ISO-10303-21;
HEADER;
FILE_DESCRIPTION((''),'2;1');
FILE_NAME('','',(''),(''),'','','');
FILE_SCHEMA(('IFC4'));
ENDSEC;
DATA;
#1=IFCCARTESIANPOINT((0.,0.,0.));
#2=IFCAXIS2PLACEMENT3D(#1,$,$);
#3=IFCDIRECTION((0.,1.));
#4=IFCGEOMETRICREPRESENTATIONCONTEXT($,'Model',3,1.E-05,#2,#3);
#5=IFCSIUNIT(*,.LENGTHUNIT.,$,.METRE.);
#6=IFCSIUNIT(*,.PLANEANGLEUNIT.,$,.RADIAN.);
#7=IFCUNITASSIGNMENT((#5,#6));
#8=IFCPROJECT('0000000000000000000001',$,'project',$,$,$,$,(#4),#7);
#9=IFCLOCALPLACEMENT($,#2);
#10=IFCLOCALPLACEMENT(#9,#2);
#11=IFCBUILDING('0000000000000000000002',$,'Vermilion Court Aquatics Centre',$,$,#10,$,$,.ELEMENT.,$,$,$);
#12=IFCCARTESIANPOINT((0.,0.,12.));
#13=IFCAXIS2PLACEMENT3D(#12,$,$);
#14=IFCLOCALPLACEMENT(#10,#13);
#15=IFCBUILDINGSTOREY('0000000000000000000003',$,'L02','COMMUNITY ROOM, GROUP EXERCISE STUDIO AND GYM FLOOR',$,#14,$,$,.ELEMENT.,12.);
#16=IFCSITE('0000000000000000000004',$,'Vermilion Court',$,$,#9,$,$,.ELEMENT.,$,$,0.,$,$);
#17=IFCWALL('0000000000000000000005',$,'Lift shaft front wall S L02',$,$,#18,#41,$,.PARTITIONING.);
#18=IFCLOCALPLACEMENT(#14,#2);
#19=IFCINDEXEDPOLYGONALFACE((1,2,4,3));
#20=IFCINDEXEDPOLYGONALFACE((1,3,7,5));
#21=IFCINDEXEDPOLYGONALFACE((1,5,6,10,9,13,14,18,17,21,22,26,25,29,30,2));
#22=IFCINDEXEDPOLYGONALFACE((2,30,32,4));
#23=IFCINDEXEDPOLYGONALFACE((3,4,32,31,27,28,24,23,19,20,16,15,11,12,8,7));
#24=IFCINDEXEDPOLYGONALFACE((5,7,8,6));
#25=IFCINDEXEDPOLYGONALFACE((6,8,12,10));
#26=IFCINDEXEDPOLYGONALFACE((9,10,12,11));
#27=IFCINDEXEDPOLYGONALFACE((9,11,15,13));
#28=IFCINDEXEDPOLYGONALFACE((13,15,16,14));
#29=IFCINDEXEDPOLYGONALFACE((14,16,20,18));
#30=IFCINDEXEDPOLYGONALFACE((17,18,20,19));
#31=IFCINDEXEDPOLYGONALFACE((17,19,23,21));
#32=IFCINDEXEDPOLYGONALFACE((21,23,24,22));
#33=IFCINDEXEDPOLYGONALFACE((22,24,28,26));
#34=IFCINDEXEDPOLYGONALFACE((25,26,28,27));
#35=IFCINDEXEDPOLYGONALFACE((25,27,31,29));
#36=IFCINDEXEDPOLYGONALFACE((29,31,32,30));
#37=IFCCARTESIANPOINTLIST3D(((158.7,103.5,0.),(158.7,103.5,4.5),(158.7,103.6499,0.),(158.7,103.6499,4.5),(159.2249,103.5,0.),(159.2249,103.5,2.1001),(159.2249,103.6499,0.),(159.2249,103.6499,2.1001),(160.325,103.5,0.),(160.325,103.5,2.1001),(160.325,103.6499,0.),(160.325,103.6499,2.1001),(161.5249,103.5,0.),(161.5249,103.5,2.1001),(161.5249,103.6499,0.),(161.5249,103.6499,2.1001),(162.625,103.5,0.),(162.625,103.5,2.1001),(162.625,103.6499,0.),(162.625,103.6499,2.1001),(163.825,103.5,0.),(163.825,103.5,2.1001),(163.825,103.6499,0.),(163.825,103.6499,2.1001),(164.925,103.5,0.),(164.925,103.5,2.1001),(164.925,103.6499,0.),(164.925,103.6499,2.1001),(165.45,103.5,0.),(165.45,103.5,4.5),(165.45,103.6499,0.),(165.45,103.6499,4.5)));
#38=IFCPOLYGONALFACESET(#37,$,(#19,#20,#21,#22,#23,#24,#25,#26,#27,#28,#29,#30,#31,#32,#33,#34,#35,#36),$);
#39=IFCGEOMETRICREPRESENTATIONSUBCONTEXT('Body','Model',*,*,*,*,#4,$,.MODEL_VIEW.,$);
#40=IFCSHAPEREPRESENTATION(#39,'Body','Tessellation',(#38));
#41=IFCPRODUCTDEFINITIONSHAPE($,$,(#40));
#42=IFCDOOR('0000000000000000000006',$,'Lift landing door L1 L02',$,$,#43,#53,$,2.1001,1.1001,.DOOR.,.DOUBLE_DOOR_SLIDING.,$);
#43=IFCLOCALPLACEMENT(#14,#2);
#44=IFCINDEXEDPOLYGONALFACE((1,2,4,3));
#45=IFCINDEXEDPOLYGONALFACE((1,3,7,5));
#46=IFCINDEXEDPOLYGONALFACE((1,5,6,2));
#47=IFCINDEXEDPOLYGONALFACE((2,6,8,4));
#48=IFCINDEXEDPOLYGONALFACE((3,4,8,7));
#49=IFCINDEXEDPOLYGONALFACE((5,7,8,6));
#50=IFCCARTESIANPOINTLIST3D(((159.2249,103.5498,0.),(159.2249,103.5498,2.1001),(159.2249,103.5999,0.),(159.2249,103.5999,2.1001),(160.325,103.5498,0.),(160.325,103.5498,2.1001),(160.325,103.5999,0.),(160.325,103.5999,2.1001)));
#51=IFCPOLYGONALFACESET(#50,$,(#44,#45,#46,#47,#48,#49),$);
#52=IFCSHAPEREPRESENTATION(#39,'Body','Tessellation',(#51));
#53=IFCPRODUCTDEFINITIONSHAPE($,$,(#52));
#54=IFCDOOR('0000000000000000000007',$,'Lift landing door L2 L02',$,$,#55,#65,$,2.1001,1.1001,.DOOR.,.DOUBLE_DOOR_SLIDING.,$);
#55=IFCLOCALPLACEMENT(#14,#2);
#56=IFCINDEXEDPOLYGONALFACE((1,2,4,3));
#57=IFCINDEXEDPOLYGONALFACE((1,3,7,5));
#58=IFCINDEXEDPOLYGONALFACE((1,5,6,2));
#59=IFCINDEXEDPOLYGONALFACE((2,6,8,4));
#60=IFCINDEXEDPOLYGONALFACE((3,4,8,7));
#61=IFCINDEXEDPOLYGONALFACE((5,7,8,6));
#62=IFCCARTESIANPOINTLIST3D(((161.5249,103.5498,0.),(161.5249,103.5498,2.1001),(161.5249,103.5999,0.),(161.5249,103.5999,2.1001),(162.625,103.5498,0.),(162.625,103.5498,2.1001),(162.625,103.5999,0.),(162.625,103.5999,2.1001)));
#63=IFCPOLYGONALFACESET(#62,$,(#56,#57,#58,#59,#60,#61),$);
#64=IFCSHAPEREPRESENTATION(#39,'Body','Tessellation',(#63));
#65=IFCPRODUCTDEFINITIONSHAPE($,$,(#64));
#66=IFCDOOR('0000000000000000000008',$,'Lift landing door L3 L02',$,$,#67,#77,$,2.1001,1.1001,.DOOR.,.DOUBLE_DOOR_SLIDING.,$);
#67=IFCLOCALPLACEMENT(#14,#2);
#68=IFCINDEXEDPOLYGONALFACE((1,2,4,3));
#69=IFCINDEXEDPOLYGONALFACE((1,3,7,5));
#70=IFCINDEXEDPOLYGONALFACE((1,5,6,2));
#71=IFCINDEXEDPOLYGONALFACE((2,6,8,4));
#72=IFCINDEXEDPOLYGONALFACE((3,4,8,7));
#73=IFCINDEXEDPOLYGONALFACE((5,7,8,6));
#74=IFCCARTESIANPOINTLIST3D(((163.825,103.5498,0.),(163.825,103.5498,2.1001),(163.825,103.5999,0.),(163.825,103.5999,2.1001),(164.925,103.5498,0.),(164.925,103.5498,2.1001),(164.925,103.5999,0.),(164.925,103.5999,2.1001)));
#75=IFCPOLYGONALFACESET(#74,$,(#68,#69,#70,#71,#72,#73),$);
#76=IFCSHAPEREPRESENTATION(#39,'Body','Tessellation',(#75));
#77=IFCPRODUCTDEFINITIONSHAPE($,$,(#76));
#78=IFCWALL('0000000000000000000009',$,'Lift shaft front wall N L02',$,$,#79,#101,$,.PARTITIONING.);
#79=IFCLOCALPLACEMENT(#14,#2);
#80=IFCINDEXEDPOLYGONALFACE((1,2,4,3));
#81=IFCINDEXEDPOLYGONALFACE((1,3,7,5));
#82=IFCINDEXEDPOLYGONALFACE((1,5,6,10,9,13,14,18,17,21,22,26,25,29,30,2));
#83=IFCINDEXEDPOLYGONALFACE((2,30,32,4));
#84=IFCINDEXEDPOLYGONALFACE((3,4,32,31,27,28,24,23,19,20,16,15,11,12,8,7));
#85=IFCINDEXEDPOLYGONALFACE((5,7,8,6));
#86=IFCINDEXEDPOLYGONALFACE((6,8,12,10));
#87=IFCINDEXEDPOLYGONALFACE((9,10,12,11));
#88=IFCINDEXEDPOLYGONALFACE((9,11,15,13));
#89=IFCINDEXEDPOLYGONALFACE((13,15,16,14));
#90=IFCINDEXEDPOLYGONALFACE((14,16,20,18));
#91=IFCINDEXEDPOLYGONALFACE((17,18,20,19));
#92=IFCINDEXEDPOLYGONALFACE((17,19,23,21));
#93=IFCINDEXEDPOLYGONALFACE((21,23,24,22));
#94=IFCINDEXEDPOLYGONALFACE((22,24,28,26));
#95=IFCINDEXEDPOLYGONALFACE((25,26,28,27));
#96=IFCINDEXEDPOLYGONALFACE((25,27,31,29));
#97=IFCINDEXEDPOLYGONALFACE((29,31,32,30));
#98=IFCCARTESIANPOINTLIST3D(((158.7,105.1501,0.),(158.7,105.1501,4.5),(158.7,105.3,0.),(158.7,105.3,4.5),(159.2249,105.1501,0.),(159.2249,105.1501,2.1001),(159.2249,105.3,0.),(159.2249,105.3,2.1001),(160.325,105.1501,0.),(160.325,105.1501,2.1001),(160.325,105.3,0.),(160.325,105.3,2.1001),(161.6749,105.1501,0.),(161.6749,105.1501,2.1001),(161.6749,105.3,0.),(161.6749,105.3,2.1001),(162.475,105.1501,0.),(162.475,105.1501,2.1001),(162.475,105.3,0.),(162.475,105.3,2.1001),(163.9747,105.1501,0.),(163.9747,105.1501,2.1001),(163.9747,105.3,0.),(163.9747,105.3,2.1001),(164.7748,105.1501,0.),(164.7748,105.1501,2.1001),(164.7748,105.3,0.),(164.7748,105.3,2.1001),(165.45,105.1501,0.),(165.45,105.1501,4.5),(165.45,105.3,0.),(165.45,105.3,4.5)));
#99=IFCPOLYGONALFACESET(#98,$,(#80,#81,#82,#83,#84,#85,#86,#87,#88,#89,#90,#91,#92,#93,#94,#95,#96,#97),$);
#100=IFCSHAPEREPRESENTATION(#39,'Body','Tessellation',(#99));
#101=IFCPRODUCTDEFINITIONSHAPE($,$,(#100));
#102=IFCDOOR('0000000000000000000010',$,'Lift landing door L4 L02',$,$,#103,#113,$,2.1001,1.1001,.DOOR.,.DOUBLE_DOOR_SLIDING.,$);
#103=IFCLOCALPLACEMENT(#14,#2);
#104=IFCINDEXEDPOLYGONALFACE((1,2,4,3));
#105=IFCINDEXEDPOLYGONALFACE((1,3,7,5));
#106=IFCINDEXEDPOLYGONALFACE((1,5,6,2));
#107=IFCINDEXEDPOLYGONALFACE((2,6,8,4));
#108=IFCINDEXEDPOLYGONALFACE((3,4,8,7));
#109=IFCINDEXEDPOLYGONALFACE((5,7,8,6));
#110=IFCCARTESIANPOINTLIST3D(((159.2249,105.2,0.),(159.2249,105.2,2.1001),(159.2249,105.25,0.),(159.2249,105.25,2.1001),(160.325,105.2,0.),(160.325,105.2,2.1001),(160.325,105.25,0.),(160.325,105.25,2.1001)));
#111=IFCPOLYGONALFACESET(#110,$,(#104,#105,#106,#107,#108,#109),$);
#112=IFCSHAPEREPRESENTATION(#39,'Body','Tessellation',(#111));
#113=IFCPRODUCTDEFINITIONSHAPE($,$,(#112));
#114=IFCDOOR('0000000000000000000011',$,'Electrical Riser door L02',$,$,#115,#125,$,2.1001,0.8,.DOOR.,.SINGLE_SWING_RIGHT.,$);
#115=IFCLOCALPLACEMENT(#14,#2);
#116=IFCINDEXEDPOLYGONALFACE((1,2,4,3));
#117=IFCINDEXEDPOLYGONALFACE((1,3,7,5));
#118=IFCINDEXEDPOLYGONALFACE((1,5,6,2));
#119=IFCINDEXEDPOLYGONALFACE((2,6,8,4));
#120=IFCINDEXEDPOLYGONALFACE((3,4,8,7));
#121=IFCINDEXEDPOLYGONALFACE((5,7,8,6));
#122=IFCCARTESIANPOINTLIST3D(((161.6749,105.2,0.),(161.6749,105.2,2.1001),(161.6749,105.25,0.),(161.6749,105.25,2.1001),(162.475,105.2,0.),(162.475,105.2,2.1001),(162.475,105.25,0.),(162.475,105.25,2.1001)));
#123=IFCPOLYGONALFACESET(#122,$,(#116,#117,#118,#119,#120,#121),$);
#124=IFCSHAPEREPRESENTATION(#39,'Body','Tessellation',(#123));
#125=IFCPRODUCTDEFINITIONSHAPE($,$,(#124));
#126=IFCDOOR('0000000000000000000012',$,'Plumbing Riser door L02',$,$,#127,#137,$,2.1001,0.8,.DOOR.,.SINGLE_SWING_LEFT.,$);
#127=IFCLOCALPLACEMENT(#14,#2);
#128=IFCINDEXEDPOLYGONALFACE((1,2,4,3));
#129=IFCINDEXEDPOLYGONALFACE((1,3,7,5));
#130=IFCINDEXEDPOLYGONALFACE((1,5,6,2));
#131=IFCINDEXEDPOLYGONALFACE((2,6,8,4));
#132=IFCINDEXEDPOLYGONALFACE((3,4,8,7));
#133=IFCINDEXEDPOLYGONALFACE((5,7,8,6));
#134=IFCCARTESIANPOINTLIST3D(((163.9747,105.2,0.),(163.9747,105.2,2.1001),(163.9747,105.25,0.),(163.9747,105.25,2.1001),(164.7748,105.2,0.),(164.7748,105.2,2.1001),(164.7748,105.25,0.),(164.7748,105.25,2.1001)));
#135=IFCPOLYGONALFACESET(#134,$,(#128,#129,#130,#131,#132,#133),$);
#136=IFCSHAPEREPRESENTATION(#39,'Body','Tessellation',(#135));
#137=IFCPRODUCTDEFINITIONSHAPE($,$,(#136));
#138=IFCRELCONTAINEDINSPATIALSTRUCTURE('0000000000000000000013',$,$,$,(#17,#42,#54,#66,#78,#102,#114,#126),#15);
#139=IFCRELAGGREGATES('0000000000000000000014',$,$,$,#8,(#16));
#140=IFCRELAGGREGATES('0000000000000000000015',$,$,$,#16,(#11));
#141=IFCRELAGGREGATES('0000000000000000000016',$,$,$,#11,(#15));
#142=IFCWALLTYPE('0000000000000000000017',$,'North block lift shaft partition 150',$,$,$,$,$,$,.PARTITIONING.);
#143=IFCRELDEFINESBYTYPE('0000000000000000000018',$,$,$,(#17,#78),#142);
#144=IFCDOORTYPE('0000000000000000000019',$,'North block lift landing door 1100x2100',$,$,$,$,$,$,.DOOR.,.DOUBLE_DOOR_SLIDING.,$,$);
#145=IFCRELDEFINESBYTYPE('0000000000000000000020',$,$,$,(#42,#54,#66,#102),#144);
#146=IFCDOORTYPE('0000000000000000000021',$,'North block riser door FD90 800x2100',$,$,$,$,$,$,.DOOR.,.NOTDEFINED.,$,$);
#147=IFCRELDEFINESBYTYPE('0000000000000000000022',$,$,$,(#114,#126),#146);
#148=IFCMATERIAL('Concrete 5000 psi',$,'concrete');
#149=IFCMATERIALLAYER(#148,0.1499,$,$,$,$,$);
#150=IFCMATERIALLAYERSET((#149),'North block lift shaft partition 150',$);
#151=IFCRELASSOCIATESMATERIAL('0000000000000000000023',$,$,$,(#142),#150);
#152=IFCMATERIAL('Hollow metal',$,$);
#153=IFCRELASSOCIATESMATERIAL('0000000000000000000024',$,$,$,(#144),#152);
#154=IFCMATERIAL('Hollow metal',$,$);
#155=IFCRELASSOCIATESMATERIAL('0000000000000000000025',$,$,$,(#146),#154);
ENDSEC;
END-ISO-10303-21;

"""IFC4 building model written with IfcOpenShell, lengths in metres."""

from ifc_helpers import new_model, si_unit, direction, frame, frame_2d, origin, place, context, subcontext, project, spatial, rectangle, extrude, material, layer, layer_set, type_object, element, fill, save


model = new_model("IFC4")

# Units and contexts
model_context = context("Model", 3, precision=1e-05, world=origin(), true_north=direction((0.0, 1.0)))
body_context = subcontext(model_context, "Body", "Model", "MODEL_VIEW")
ifc_project = project(units=[si_unit("LENGTHUNIT", "METRE"), si_unit("PLANEANGLEUNIT", "RADIAN")], contexts=[model_context])

# Site, building, storey
site_placement = place(None, origin())
site = spatial("IfcSite", under=ifc_project, at=site_placement, Name="Vermilion Court", CompositionType="ELEMENT", RefElevation=0.0)
building_placement = place(site_placement, origin())
building = spatial("IfcBuilding", under=site, at=building_placement, Name="Vermilion Court Aquatics Centre", CompositionType="ELEMENT")
storey_placement = place(building_placement, frame((0.0, 0.0, 12.0)))
storey = spatial("IfcBuildingStorey", under=building, at=storey_placement, Name="L02", Description="COMMUNITY ROOM, GROUP EXERCISE STUDIO AND GYM FLOOR", CompositionType="ELEMENT", Elevation=12.0)

# Shared definitions
ifc_material_1 = material(Name="Concrete 5000 psi", Category="concrete")
ifc_layer_1 = layer(ifc_material_1, 0.1499)
ifc_layer_set_1 = layer_set([ifc_layer_1], Name="North block lift shaft partition 150")
wall_type_1 = type_object("IfcWallType", Name="North block lift shaft partition 150", PredefinedType="PARTITIONING", material=ifc_layer_set_1)

# Walls, openings, doors
wall_1_placement = place(storey_placement, frame((158.7, 103.575, 0.0), z_axis=(0.0, 0.0, 1.0), x_axis=(1.0, 0.0, 0.0)))
wall_1 = element("IfcWall", 1, at=wall_1_placement, inside=storey, type_object=wall_type_1, Name="Lift shaft front wall S L02", PredefinedType="PARTITIONING", context=body_context, shape_type="SweptSolid", body=[
    extrude(rectangle(XDim=6.75, YDim=0.1499, at=frame_2d((3.375, 0.0))), origin(), (0.0, 0.0, 1.0), 4.5),
])
opening_1_placement = place(wall_1_placement, frame((0.5249, 0.0, 0.0)))
opening_1 = element("IfcOpeningElement", 2, at=opening_1_placement, cuts=wall_1, PredefinedType="OPENING", context=body_context, shape_type="SweptSolid", body=[
    extrude(rectangle(XDim=1.1001, YDim=2.1001, at=frame_2d((0.55, 1.05))), frame((0.0, 0.085, 0.0), z_axis=(0.0, -1.0, 0.0), x_axis=(1.0, 0.0, 0.0)), (0.0, 0.0, 1.0), 0.1699),
])
opening_2_placement = place(wall_1_placement, frame((2.825, 0.0, 0.0)))
opening_2 = element("IfcOpeningElement", 3, at=opening_2_placement, cuts=wall_1, PredefinedType="OPENING", context=body_context, shape_type="SweptSolid", body=[
    extrude(rectangle(XDim=1.1001, YDim=2.1001, at=frame_2d((0.55, 1.05))), frame((0.0, 0.085, 0.0), z_axis=(0.0, -1.0, 0.0), x_axis=(1.0, 0.0, 0.0)), (0.0, 0.0, 1.0), 0.1699),
])
opening_3_placement = place(wall_1_placement, frame((5.125, 0.0, 0.0)))
opening_3 = element("IfcOpeningElement", 4, at=opening_3_placement, cuts=wall_1, PredefinedType="OPENING", context=body_context, shape_type="SweptSolid", body=[
    extrude(rectangle(XDim=1.1001, YDim=2.1001, at=frame_2d((0.55, 1.05))), frame((0.0, 0.085, 0.0), z_axis=(0.0, -1.0, 0.0), x_axis=(1.0, 0.0, 0.0)), (0.0, 0.0, 1.0), 0.1699),
])
ifc_material_2 = material(Name="Hollow metal")
door_type_1 = type_object("IfcDoorType", Name="North block lift landing door 1100x2100", OperationType="DOUBLE_DOOR_SLIDING", PredefinedType="DOOR", material=ifc_material_2)
door_1_placement = place(opening_1_placement, origin())
door_1 = element("IfcDoor", 5, at=door_1_placement, inside=storey, type_object=door_type_1, Name="Lift landing door L1 L02", OperationType="DOUBLE_DOOR_SLIDING", OverallHeight=2.1001, OverallWidth=1.1001, PredefinedType="DOOR", context=body_context, shape_type="SweptSolid", body=[
    extrude(rectangle(XDim=1.1001, YDim=2.1001, at=frame_2d((0.55, 1.05))), frame((0.0, 0.0249, 0.0), z_axis=(0.0, -1.0, 0.0), x_axis=(1.0, 0.0, 0.0)), (0.0, 0.0, 1.0), 0.05),
])
fill(opening_1, door_1)
door_2_placement = place(opening_2_placement, origin())
door_2 = element("IfcDoor", 6, at=door_2_placement, inside=storey, type_object=door_type_1, Name="Lift landing door L2 L02", OperationType="DOUBLE_DOOR_SLIDING", OverallHeight=2.1001, OverallWidth=1.1001, PredefinedType="DOOR", context=body_context, shape_type="SweptSolid", body=[
    extrude(rectangle(XDim=1.1001, YDim=2.1001, at=frame_2d((0.55, 1.05))), frame((0.0, 0.0249, 0.0), z_axis=(0.0, -1.0, 0.0), x_axis=(1.0, 0.0, 0.0)), (0.0, 0.0, 1.0), 0.05),
])
fill(opening_2, door_2)
door_3_placement = place(opening_3_placement, origin())
door_3 = element("IfcDoor", 7, at=door_3_placement, inside=storey, type_object=door_type_1, Name="Lift landing door L3 L02", OperationType="DOUBLE_DOOR_SLIDING", OverallHeight=2.1001, OverallWidth=1.1001, PredefinedType="DOOR", context=body_context, shape_type="SweptSolid", body=[
    extrude(rectangle(XDim=1.1001, YDim=2.1001, at=frame_2d((0.55, 1.05))), frame((0.0, 0.0249, 0.0), z_axis=(0.0, -1.0, 0.0), x_axis=(1.0, 0.0, 0.0)), (0.0, 0.0, 1.0), 0.05),
])
fill(opening_3, door_3)
wall_2_placement = place(storey_placement, frame((158.7, 105.2251, 0.0), z_axis=(0.0, 0.0, 1.0), x_axis=(1.0, 0.0, 0.0)))
wall_2 = element("IfcWall", 8, at=wall_2_placement, inside=storey, type_object=wall_type_1, Name="Lift shaft front wall N L02", PredefinedType="PARTITIONING", context=body_context, shape_type="SweptSolid", body=[
    extrude(rectangle(XDim=6.75, YDim=0.1499, at=frame_2d((3.375, 0.0))), origin(), (0.0, 0.0, 1.0), 4.5),
])
opening_4_placement = place(wall_2_placement, frame((0.5249, 0.0, 0.0)))
opening_4 = element("IfcOpeningElement", 9, at=opening_4_placement, cuts=wall_2, PredefinedType="OPENING", context=body_context, shape_type="SweptSolid", body=[
    extrude(rectangle(XDim=1.1001, YDim=2.1001, at=frame_2d((0.55, 1.05))), frame((0.0, 0.085, 0.0), z_axis=(0.0, -1.0, 0.0), x_axis=(1.0, 0.0, 0.0)), (0.0, 0.0, 1.0), 0.1699),
])
opening_5_placement = place(wall_2_placement, frame((2.9751, 0.0, 0.0)))
opening_5 = element("IfcOpeningElement", 10, at=opening_5_placement, cuts=wall_2, PredefinedType="OPENING", context=body_context, shape_type="SweptSolid", body=[
    extrude(rectangle(XDim=0.8, YDim=2.1001, at=frame_2d((0.3999, 1.05))), frame((0.0, 0.085, 0.0), z_axis=(0.0, -1.0, 0.0), x_axis=(1.0, 0.0, 0.0)), (0.0, 0.0, 1.0), 0.1699),
])
opening_6_placement = place(wall_2_placement, frame((5.2749, 0.0, 0.0)))
opening_6 = element("IfcOpeningElement", 11, at=opening_6_placement, cuts=wall_2, PredefinedType="OPENING", context=body_context, shape_type="SweptSolid", body=[
    extrude(rectangle(XDim=0.8, YDim=2.1001, at=frame_2d((0.3999, 1.05))), frame((0.0, 0.085, 0.0), z_axis=(0.0, -1.0, 0.0), x_axis=(1.0, 0.0, 0.0)), (0.0, 0.0, 1.0), 0.1699),
])
door_4_placement = place(opening_4_placement, origin())
door_4 = element("IfcDoor", 12, at=door_4_placement, inside=storey, type_object=door_type_1, Name="Lift landing door L4 L02", OperationType="DOUBLE_DOOR_SLIDING", OverallHeight=2.1001, OverallWidth=1.1001, PredefinedType="DOOR", context=body_context, shape_type="SweptSolid", body=[
    extrude(rectangle(XDim=1.1001, YDim=2.1001, at=frame_2d((0.55, 1.05))), frame((0.0, 0.0249, 0.0), z_axis=(0.0, -1.0, 0.0), x_axis=(1.0, 0.0, 0.0)), (0.0, 0.0, 1.0), 0.05),
])
fill(opening_4, door_4)
ifc_material_3 = material(Name="Hollow metal")
door_type_2 = type_object("IfcDoorType", Name="North block riser door FD90 800x2100", OperationType="NOTDEFINED", PredefinedType="DOOR", material=ifc_material_3)
door_5_placement = place(opening_5_placement, frame((0.8, 0.0, 0.0), z_axis=(0.0, 0.0, 1.0), x_axis=(-1.0, 0.0, 0.0)))
door_5 = element("IfcDoor", 13, at=door_5_placement, inside=storey, type_object=door_type_2, Name="Electrical Riser door L02", OperationType="SINGLE_SWING_RIGHT", OverallHeight=2.1001, OverallWidth=0.8, PredefinedType="DOOR", context=body_context, shape_type="SweptSolid", body=[
    extrude(rectangle(XDim=0.8, YDim=2.1001, at=frame_2d((0.4001, 1.05))), frame((0.0, 0.0251, 0.0), z_axis=(0.0, -1.0, 0.0), x_axis=(1.0, 0.0, 0.0)), (0.0, 0.0, 1.0), 0.05),
])
fill(opening_5, door_5)
door_6_placement = place(opening_6_placement, frame((0.8, 0.0, 0.0), z_axis=(0.0, 0.0, 1.0), x_axis=(-1.0, 0.0, 0.0)))
door_6 = element("IfcDoor", 14, at=door_6_placement, inside=storey, type_object=door_type_2, Name="Plumbing Riser door L02", OperationType="SINGLE_SWING_LEFT", OverallHeight=2.1001, OverallWidth=0.8, PredefinedType="DOOR", context=body_context, shape_type="SweptSolid", body=[
    extrude(rectangle(XDim=0.8, YDim=2.1001, at=frame_2d((0.4001, 1.05))), frame((0.0, 0.0251, 0.0), z_axis=(0.0, -1.0, 0.0), x_axis=(1.0, 0.0, 0.0)), (0.0, 0.0, 1.0), 0.05),
])
fill(opening_6, door_6)

save(model, "model.ifc")
